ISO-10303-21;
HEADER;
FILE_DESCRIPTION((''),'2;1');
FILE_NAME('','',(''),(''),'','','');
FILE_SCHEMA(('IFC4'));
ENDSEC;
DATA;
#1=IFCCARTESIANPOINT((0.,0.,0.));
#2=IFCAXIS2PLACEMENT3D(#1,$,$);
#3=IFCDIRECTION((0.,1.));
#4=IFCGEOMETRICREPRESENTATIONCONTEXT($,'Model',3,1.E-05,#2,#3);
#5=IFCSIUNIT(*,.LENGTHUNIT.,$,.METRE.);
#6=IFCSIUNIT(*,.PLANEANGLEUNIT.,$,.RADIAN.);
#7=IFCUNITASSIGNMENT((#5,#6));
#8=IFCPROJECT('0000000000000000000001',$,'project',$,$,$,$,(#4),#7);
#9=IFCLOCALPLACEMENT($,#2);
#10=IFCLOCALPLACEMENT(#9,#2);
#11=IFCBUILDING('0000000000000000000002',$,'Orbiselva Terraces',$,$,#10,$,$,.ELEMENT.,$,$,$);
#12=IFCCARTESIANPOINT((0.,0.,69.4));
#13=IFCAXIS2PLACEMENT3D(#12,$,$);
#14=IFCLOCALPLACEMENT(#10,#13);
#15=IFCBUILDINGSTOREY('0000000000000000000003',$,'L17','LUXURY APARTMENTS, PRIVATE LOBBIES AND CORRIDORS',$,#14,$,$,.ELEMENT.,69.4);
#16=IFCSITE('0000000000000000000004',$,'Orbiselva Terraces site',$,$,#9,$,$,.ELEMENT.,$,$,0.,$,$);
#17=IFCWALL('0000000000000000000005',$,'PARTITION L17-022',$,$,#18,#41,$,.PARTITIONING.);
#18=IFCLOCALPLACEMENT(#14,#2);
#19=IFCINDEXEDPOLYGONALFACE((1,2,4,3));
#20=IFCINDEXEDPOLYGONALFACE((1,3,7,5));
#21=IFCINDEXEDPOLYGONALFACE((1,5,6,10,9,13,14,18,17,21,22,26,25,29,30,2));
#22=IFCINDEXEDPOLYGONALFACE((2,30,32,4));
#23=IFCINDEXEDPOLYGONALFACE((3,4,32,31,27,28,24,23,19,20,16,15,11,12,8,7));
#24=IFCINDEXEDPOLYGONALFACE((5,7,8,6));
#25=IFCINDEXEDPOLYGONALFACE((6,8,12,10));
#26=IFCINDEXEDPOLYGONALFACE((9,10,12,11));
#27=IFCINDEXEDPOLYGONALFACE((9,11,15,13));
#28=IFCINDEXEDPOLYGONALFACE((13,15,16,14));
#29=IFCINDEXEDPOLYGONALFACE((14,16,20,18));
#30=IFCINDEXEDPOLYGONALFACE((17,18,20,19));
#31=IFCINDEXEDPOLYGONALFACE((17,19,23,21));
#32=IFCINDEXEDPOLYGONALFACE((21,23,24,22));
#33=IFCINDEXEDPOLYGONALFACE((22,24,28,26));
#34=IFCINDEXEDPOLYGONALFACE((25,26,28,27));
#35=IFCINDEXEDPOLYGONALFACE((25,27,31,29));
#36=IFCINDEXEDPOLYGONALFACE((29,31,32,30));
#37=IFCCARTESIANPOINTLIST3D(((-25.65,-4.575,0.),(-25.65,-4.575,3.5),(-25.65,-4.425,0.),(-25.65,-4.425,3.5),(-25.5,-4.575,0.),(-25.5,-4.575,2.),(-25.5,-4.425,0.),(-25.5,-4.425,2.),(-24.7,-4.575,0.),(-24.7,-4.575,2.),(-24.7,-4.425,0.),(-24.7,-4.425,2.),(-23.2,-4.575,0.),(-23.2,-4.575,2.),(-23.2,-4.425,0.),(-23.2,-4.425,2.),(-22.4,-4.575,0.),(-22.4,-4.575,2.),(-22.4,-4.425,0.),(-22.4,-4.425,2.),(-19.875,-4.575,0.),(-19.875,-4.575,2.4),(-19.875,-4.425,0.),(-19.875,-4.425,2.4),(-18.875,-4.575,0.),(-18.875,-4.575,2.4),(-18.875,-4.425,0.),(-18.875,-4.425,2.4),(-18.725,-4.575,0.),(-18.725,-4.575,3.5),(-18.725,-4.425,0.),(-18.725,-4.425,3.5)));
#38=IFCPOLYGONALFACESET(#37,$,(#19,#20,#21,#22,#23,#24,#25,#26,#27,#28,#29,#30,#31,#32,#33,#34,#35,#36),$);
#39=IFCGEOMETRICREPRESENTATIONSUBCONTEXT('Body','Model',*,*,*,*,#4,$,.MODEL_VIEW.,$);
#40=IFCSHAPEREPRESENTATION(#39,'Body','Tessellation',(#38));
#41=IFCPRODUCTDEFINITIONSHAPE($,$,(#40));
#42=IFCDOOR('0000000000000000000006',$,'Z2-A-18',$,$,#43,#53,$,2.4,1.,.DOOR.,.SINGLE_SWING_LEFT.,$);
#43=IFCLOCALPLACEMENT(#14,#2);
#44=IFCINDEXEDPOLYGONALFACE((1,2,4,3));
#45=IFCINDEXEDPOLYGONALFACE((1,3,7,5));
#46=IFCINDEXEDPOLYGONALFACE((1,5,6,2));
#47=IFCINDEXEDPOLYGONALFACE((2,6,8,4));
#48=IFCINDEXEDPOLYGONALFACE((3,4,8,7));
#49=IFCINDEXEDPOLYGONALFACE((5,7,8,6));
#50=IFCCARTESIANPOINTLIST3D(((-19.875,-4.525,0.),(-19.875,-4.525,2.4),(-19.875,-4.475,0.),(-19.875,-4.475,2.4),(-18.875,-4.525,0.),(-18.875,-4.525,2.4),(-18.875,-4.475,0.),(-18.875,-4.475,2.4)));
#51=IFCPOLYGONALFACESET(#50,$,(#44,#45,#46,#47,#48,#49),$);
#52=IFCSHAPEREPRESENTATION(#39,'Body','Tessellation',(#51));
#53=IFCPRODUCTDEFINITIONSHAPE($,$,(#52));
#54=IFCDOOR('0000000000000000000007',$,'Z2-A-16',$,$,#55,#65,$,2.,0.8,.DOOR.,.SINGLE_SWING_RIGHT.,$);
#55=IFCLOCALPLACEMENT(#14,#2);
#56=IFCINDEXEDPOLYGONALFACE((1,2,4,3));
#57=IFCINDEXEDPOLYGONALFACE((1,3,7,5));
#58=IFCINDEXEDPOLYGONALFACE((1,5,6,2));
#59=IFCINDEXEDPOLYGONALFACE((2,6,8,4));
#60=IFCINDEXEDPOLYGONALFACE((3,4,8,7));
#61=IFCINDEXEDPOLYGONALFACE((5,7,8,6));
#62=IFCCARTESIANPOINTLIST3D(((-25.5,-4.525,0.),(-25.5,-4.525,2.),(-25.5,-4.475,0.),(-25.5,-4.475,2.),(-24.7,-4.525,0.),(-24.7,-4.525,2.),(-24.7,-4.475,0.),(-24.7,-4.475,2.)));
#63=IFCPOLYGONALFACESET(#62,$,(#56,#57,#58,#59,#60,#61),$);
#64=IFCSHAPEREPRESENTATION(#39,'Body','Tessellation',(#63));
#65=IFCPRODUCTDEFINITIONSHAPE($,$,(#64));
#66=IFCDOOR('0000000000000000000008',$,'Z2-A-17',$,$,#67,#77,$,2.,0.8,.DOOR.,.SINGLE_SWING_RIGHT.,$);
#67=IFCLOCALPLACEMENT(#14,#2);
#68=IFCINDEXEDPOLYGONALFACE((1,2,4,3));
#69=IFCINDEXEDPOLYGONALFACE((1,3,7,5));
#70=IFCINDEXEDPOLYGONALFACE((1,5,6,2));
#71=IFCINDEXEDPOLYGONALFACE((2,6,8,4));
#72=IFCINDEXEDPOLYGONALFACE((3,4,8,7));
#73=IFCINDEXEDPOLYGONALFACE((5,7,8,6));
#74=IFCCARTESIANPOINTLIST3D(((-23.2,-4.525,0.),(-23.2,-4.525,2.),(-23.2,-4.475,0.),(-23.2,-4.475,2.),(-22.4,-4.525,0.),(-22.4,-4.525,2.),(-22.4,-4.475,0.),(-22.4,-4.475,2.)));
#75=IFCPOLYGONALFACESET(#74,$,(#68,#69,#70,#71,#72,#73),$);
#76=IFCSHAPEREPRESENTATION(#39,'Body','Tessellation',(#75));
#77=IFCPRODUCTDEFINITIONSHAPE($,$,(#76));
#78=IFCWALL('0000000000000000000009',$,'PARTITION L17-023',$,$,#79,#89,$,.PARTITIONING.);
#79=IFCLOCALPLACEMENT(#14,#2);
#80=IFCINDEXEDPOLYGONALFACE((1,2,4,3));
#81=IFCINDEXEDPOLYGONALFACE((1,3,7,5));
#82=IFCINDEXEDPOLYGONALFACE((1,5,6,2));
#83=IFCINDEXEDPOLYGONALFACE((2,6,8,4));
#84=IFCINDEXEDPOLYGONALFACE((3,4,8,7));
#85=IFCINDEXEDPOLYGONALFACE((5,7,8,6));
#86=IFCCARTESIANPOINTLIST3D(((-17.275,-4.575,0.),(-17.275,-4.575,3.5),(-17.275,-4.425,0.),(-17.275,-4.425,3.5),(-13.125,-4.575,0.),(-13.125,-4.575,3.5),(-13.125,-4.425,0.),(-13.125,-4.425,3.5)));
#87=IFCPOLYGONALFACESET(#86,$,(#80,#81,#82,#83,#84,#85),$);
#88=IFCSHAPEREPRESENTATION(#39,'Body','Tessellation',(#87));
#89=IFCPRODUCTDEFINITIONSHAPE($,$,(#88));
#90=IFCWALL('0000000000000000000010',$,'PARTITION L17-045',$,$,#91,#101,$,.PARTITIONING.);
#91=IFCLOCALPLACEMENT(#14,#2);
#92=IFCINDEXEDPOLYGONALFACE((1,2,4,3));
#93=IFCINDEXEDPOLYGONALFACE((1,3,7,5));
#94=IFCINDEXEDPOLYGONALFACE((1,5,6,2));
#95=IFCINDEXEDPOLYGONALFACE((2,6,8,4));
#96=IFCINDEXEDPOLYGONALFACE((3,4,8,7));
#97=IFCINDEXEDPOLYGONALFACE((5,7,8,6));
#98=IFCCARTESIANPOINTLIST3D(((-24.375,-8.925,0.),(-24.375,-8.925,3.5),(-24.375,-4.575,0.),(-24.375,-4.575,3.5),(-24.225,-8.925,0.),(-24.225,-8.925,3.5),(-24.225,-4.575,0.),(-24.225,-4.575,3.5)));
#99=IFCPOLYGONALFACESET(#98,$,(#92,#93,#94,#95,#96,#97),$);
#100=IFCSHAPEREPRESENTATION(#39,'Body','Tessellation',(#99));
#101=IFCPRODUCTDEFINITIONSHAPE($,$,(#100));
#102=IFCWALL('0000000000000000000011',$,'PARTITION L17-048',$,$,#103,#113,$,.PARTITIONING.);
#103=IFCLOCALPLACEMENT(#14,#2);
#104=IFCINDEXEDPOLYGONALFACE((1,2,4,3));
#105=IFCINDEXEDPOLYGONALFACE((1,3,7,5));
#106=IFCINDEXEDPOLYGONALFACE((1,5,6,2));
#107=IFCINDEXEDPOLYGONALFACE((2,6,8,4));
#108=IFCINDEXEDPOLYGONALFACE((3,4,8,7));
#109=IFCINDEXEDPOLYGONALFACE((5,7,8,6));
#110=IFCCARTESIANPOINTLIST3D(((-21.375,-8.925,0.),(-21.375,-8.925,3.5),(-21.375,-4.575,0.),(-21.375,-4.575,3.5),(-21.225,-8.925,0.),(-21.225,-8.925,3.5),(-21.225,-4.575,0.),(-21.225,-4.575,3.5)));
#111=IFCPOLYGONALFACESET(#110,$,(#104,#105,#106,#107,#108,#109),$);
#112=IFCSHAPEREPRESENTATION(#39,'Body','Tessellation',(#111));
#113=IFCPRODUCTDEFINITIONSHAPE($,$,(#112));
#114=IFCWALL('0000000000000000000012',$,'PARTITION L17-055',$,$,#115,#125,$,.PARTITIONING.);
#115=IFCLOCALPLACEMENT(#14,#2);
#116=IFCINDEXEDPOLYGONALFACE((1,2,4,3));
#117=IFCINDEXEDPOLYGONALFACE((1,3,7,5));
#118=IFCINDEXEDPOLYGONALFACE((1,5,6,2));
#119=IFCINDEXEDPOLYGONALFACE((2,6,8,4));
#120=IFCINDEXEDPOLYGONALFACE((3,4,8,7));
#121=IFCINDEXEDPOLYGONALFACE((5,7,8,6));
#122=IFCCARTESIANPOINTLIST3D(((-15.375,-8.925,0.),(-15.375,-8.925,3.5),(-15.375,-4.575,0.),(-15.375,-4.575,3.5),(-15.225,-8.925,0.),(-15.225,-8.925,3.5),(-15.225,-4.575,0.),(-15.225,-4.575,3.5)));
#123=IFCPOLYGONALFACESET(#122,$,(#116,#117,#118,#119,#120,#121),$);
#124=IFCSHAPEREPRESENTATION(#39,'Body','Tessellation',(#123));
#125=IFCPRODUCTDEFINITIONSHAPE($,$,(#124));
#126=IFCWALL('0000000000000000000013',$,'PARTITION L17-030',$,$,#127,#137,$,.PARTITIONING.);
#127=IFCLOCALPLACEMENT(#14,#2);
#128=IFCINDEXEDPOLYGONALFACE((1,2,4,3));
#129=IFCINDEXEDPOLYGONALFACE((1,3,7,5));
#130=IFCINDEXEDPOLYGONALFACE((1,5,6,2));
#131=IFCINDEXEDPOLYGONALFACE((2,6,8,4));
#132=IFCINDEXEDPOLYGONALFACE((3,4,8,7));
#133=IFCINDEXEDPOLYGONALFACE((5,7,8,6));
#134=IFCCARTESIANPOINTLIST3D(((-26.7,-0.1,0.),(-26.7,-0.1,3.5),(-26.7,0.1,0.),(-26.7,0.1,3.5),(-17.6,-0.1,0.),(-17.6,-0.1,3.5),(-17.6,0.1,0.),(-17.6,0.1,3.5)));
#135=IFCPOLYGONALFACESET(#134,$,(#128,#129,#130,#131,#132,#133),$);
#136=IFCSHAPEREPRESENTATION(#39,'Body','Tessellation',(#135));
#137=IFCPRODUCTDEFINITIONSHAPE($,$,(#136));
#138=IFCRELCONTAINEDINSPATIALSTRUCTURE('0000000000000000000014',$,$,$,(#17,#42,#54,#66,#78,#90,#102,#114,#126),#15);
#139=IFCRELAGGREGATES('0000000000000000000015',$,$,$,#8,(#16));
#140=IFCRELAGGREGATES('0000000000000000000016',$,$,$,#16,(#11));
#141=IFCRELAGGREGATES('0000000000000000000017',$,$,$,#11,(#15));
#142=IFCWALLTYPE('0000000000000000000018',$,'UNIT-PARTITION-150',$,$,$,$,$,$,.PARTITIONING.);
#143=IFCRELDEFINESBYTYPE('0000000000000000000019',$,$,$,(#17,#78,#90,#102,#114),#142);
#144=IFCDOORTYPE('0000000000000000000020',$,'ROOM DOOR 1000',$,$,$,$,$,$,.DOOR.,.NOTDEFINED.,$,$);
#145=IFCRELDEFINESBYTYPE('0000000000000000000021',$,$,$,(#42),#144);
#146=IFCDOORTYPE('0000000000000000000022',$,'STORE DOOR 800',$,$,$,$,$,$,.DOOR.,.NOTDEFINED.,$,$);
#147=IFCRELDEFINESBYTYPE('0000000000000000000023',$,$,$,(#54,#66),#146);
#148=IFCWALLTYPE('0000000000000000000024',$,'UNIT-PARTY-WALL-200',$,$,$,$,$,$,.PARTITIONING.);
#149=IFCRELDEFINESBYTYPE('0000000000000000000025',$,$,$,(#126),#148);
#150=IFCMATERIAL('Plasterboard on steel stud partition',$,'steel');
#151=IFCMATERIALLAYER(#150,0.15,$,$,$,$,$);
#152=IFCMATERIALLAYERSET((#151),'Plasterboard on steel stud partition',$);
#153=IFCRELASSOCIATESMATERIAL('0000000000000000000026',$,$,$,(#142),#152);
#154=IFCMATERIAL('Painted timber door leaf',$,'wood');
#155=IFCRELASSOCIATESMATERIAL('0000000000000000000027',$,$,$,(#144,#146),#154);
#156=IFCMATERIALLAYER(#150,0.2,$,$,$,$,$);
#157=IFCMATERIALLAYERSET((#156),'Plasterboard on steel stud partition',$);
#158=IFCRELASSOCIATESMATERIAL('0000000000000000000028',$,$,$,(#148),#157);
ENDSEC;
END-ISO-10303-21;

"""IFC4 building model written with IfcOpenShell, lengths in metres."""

from ifc_helpers import new_model, si_unit, direction, frame, frame_2d, origin, place, context, subcontext, project, spatial, rectangle, extrude, material, layer, layer_set, type_object, element, fill, save


model = new_model("IFC4")

# Units and contexts
model_context = context("Model", 3, precision=1e-05, world=origin(), true_north=direction((0.0, 1.0)))
body_context = subcontext(model_context, "Body", "Model", "MODEL_VIEW")
ifc_project = project(units=[si_unit("LENGTHUNIT", "METRE"), si_unit("PLANEANGLEUNIT", "RADIAN")], contexts=[model_context])

# Site, building, storey
site_placement = place(None, origin())
site = spatial("IfcSite", under=ifc_project, at=site_placement, Name="Orbiselva Terraces site", CompositionType="ELEMENT", RefElevation=0.0)
building_placement = place(site_placement, origin())
building = spatial("IfcBuilding", under=site, at=building_placement, Name="Orbiselva Terraces", CompositionType="ELEMENT")
storey_placement = place(building_placement, frame((0.0, 0.0, 69.4)))
storey = spatial("IfcBuildingStorey", under=building, at=storey_placement, Name="L17", Description="LUXURY APARTMENTS, PRIVATE LOBBIES AND CORRIDORS", CompositionType="ELEMENT", Elevation=69.4)

# Shared definitions
ifc_material_1 = material(Name="Plasterboard on steel stud partition", Category="steel")

# Shared definitions
ifc_layer_1 = layer(ifc_material_1, 0.15)
ifc_layer_set_1 = layer_set([ifc_layer_1], Name="Plasterboard on steel stud partition")
wall_type_1 = type_object("IfcWallType", Name="UNIT-PARTITION-150", PredefinedType="PARTITIONING", material=ifc_layer_set_1)
ifc_material_2 = material(Name="Painted timber door leaf", Category="wood")

# Wall, openings, doors
wall_1_placement = place(storey_placement, frame((-18.725, -4.5, 0.0), z_axis=(0.0, 0.0, 1.0), x_axis=(-1.0, 0.0, 0.0)))
wall_1 = element("IfcWall", 1, at=wall_1_placement, inside=storey, type_object=wall_type_1, Name="PARTITION L17-022", PredefinedType="PARTITIONING", context=body_context, shape_type="SweptSolid", body=[
    extrude(rectangle(XDim=6.925, YDim=0.15, at=frame_2d((3.4625, 0.0))), origin(), (0.0, 0.0, 1.0), 3.5),
])
opening_1_placement = place(wall_1_placement, frame((5.975, 0.0, 0.0)))
opening_1 = element("IfcOpeningElement", 2, at=opening_1_placement, cuts=wall_1, PredefinedType="OPENING", context=body_context, shape_type="SweptSolid", body=[
    extrude(rectangle(XDim=0.8, YDim=2.0, at=frame_2d((0.4, 1.0))), frame((0.0, 0.085, 0.0), z_axis=(0.0, -1.0, 0.0), x_axis=(1.0, 0.0, 0.0)), (0.0, 0.0, 1.0), 0.17),
])
opening_2_placement = place(wall_1_placement, frame((3.675, 0.0, 0.0)))
opening_2 = element("IfcOpeningElement", 3, at=opening_2_placement, cuts=wall_1, PredefinedType="OPENING", context=body_context, shape_type="SweptSolid", body=[
    extrude(rectangle(XDim=0.8, YDim=2.0, at=frame_2d((0.4, 1.0))), frame((0.0, 0.085, 0.0), z_axis=(0.0, -1.0, 0.0), x_axis=(1.0, 0.0, 0.0)), (0.0, 0.0, 1.0), 0.17),
])
opening_3_placement = place(wall_1_placement, frame((0.15, 0.0, 0.0)))
opening_3 = element("IfcOpeningElement", 4, at=opening_3_placement, cuts=wall_1, PredefinedType="OPENING", context=body_context, shape_type="SweptSolid", body=[
    extrude(rectangle(XDim=1.0, YDim=2.4, at=frame_2d((0.5, 1.2))), frame((0.0, 0.085, 0.0), z_axis=(0.0, -1.0, 0.0), x_axis=(1.0, 0.0, 0.0)), (0.0, 0.0, 1.0), 0.17),
])
door_type_1 = type_object("IfcDoorType", Name="ROOM DOOR 1000", OperationType="NOTDEFINED", PredefinedType="DOOR", material=ifc_material_2)
door_1_placement = place(opening_3_placement, origin())
door_1 = element("IfcDoor", 5, at=door_1_placement, inside=storey, type_object=door_type_1, Name="Z2-A-18", OperationType="SINGLE_SWING_LEFT", OverallHeight=2.4, OverallWidth=1.0, PredefinedType="DOOR", context=body_context, shape_type="SweptSolid", body=[
    extrude(rectangle(XDim=1.0, YDim=2.4, at=frame_2d((0.5, 1.2))), frame((0.0, 0.025, 0.0), z_axis=(0.0, -1.0, 0.0), x_axis=(1.0, 0.0, 0.0)), (0.0, 0.0, 1.0), 0.05),
])
fill(opening_3, door_1)
door_type_2 = type_object("IfcDoorType", Name="STORE DOOR 800", OperationType="NOTDEFINED", PredefinedType="DOOR", material=ifc_material_2)
door_2_placement = place(opening_1_placement, origin())
door_2 = element("IfcDoor", 6, at=door_2_placement, inside=storey, type_object=door_type_2, Name="Z2-A-16", OperationType="SINGLE_SWING_RIGHT", OverallHeight=2.0, OverallWidth=0.8, PredefinedType="DOOR", context=body_context, shape_type="SweptSolid", body=[
    extrude(rectangle(XDim=0.8, YDim=2.0, at=frame_2d((0.4, 1.0))), frame((0.0, 0.025, 0.0), z_axis=(0.0, -1.0, 0.0), x_axis=(1.0, 0.0, 0.0)), (0.0, 0.0, 1.0), 0.05),
])
fill(opening_1, door_2)
door_3_placement = place(opening_2_placement, origin())
door_3 = element("IfcDoor", 7, at=door_3_placement, inside=storey, type_object=door_type_2, Name="Z2-A-17", OperationType="SINGLE_SWING_RIGHT", OverallHeight=2.0, OverallWidth=0.8, PredefinedType="DOOR", context=body_context, shape_type="SweptSolid", body=[
    extrude(rectangle(XDim=0.8, YDim=2.0, at=frame_2d((0.4, 1.0))), frame((0.0, 0.025, 0.0), z_axis=(0.0, -1.0, 0.0), x_axis=(1.0, 0.0, 0.0)), (0.0, 0.0, 1.0), 0.05),
])
fill(opening_2, door_3)

# Walls
wall_2_placement = place(storey_placement, frame((-17.275, -4.5, 0.0), z_axis=(0.0, 0.0, 1.0), x_axis=(1.0, 0.0, 0.0)))
element("IfcWall", 8, at=wall_2_placement, inside=storey, type_object=wall_type_1, Name="PARTITION L17-023", PredefinedType="PARTITIONING", context=body_context, shape_type="SweptSolid", body=[
    extrude(rectangle(XDim=4.15, YDim=0.15, at=frame_2d((2.075, 0.0))), origin(), (0.0, 0.0, 1.0), 3.5),
])
for number, where, z_axis, x_axis, name in (
    (9, (-24.3, -8.925, 0.0), (0.0, 0.0, 1.0), (0.0, 1.0, 0.0), "PARTITION L17-045"),
    (10, (-21.3, -8.925, 0.0), (0.0, 0.0, 1.0), (0.0, 1.0, 0.0), "PARTITION L17-048"),
    (11, (-15.3, -8.925, 0.0), (0.0, 0.0, 1.0), (0.0, 1.0, 0.0), "PARTITION L17-055"),
):
    element("IfcWall", number, at=place(storey_placement, frame(where, z_axis=z_axis, x_axis=x_axis)), inside=storey, type_object=wall_type_1, Name=name, PredefinedType="PARTITIONING", context=body_context, shape_type="SweptSolid", body=[
        extrude(rectangle(XDim=4.35, YDim=0.15, at=frame_2d((2.175, 0.0))), origin(), (0.0, 0.0, 1.0), 3.5),
    ])
ifc_layer_2 = layer(ifc_material_1, 0.2)
ifc_layer_set_2 = layer_set([ifc_layer_2], Name="Plasterboard on steel stud partition")
wall_type_2 = type_object("IfcWallType", Name="UNIT-PARTY-WALL-200", PredefinedType="PARTITIONING", material=ifc_layer_set_2)
wall_3_placement = place(storey_placement, frame((-26.7, 0.0, 0.0), z_axis=(0.0, 0.0, 1.0), x_axis=(1.0, 0.0, 0.0)))
element("IfcWall", 12, at=wall_3_placement, inside=storey, type_object=wall_type_2, Name="PARTITION L17-030", PredefinedType="PARTITIONING", context=body_context, shape_type="SweptSolid", body=[
    extrude(rectangle(XDim=9.1, YDim=0.2, at=frame_2d((4.55, 0.0))), origin(), (0.0, 0.0, 1.0), 3.5),
])

save(model, "model.ifc")
